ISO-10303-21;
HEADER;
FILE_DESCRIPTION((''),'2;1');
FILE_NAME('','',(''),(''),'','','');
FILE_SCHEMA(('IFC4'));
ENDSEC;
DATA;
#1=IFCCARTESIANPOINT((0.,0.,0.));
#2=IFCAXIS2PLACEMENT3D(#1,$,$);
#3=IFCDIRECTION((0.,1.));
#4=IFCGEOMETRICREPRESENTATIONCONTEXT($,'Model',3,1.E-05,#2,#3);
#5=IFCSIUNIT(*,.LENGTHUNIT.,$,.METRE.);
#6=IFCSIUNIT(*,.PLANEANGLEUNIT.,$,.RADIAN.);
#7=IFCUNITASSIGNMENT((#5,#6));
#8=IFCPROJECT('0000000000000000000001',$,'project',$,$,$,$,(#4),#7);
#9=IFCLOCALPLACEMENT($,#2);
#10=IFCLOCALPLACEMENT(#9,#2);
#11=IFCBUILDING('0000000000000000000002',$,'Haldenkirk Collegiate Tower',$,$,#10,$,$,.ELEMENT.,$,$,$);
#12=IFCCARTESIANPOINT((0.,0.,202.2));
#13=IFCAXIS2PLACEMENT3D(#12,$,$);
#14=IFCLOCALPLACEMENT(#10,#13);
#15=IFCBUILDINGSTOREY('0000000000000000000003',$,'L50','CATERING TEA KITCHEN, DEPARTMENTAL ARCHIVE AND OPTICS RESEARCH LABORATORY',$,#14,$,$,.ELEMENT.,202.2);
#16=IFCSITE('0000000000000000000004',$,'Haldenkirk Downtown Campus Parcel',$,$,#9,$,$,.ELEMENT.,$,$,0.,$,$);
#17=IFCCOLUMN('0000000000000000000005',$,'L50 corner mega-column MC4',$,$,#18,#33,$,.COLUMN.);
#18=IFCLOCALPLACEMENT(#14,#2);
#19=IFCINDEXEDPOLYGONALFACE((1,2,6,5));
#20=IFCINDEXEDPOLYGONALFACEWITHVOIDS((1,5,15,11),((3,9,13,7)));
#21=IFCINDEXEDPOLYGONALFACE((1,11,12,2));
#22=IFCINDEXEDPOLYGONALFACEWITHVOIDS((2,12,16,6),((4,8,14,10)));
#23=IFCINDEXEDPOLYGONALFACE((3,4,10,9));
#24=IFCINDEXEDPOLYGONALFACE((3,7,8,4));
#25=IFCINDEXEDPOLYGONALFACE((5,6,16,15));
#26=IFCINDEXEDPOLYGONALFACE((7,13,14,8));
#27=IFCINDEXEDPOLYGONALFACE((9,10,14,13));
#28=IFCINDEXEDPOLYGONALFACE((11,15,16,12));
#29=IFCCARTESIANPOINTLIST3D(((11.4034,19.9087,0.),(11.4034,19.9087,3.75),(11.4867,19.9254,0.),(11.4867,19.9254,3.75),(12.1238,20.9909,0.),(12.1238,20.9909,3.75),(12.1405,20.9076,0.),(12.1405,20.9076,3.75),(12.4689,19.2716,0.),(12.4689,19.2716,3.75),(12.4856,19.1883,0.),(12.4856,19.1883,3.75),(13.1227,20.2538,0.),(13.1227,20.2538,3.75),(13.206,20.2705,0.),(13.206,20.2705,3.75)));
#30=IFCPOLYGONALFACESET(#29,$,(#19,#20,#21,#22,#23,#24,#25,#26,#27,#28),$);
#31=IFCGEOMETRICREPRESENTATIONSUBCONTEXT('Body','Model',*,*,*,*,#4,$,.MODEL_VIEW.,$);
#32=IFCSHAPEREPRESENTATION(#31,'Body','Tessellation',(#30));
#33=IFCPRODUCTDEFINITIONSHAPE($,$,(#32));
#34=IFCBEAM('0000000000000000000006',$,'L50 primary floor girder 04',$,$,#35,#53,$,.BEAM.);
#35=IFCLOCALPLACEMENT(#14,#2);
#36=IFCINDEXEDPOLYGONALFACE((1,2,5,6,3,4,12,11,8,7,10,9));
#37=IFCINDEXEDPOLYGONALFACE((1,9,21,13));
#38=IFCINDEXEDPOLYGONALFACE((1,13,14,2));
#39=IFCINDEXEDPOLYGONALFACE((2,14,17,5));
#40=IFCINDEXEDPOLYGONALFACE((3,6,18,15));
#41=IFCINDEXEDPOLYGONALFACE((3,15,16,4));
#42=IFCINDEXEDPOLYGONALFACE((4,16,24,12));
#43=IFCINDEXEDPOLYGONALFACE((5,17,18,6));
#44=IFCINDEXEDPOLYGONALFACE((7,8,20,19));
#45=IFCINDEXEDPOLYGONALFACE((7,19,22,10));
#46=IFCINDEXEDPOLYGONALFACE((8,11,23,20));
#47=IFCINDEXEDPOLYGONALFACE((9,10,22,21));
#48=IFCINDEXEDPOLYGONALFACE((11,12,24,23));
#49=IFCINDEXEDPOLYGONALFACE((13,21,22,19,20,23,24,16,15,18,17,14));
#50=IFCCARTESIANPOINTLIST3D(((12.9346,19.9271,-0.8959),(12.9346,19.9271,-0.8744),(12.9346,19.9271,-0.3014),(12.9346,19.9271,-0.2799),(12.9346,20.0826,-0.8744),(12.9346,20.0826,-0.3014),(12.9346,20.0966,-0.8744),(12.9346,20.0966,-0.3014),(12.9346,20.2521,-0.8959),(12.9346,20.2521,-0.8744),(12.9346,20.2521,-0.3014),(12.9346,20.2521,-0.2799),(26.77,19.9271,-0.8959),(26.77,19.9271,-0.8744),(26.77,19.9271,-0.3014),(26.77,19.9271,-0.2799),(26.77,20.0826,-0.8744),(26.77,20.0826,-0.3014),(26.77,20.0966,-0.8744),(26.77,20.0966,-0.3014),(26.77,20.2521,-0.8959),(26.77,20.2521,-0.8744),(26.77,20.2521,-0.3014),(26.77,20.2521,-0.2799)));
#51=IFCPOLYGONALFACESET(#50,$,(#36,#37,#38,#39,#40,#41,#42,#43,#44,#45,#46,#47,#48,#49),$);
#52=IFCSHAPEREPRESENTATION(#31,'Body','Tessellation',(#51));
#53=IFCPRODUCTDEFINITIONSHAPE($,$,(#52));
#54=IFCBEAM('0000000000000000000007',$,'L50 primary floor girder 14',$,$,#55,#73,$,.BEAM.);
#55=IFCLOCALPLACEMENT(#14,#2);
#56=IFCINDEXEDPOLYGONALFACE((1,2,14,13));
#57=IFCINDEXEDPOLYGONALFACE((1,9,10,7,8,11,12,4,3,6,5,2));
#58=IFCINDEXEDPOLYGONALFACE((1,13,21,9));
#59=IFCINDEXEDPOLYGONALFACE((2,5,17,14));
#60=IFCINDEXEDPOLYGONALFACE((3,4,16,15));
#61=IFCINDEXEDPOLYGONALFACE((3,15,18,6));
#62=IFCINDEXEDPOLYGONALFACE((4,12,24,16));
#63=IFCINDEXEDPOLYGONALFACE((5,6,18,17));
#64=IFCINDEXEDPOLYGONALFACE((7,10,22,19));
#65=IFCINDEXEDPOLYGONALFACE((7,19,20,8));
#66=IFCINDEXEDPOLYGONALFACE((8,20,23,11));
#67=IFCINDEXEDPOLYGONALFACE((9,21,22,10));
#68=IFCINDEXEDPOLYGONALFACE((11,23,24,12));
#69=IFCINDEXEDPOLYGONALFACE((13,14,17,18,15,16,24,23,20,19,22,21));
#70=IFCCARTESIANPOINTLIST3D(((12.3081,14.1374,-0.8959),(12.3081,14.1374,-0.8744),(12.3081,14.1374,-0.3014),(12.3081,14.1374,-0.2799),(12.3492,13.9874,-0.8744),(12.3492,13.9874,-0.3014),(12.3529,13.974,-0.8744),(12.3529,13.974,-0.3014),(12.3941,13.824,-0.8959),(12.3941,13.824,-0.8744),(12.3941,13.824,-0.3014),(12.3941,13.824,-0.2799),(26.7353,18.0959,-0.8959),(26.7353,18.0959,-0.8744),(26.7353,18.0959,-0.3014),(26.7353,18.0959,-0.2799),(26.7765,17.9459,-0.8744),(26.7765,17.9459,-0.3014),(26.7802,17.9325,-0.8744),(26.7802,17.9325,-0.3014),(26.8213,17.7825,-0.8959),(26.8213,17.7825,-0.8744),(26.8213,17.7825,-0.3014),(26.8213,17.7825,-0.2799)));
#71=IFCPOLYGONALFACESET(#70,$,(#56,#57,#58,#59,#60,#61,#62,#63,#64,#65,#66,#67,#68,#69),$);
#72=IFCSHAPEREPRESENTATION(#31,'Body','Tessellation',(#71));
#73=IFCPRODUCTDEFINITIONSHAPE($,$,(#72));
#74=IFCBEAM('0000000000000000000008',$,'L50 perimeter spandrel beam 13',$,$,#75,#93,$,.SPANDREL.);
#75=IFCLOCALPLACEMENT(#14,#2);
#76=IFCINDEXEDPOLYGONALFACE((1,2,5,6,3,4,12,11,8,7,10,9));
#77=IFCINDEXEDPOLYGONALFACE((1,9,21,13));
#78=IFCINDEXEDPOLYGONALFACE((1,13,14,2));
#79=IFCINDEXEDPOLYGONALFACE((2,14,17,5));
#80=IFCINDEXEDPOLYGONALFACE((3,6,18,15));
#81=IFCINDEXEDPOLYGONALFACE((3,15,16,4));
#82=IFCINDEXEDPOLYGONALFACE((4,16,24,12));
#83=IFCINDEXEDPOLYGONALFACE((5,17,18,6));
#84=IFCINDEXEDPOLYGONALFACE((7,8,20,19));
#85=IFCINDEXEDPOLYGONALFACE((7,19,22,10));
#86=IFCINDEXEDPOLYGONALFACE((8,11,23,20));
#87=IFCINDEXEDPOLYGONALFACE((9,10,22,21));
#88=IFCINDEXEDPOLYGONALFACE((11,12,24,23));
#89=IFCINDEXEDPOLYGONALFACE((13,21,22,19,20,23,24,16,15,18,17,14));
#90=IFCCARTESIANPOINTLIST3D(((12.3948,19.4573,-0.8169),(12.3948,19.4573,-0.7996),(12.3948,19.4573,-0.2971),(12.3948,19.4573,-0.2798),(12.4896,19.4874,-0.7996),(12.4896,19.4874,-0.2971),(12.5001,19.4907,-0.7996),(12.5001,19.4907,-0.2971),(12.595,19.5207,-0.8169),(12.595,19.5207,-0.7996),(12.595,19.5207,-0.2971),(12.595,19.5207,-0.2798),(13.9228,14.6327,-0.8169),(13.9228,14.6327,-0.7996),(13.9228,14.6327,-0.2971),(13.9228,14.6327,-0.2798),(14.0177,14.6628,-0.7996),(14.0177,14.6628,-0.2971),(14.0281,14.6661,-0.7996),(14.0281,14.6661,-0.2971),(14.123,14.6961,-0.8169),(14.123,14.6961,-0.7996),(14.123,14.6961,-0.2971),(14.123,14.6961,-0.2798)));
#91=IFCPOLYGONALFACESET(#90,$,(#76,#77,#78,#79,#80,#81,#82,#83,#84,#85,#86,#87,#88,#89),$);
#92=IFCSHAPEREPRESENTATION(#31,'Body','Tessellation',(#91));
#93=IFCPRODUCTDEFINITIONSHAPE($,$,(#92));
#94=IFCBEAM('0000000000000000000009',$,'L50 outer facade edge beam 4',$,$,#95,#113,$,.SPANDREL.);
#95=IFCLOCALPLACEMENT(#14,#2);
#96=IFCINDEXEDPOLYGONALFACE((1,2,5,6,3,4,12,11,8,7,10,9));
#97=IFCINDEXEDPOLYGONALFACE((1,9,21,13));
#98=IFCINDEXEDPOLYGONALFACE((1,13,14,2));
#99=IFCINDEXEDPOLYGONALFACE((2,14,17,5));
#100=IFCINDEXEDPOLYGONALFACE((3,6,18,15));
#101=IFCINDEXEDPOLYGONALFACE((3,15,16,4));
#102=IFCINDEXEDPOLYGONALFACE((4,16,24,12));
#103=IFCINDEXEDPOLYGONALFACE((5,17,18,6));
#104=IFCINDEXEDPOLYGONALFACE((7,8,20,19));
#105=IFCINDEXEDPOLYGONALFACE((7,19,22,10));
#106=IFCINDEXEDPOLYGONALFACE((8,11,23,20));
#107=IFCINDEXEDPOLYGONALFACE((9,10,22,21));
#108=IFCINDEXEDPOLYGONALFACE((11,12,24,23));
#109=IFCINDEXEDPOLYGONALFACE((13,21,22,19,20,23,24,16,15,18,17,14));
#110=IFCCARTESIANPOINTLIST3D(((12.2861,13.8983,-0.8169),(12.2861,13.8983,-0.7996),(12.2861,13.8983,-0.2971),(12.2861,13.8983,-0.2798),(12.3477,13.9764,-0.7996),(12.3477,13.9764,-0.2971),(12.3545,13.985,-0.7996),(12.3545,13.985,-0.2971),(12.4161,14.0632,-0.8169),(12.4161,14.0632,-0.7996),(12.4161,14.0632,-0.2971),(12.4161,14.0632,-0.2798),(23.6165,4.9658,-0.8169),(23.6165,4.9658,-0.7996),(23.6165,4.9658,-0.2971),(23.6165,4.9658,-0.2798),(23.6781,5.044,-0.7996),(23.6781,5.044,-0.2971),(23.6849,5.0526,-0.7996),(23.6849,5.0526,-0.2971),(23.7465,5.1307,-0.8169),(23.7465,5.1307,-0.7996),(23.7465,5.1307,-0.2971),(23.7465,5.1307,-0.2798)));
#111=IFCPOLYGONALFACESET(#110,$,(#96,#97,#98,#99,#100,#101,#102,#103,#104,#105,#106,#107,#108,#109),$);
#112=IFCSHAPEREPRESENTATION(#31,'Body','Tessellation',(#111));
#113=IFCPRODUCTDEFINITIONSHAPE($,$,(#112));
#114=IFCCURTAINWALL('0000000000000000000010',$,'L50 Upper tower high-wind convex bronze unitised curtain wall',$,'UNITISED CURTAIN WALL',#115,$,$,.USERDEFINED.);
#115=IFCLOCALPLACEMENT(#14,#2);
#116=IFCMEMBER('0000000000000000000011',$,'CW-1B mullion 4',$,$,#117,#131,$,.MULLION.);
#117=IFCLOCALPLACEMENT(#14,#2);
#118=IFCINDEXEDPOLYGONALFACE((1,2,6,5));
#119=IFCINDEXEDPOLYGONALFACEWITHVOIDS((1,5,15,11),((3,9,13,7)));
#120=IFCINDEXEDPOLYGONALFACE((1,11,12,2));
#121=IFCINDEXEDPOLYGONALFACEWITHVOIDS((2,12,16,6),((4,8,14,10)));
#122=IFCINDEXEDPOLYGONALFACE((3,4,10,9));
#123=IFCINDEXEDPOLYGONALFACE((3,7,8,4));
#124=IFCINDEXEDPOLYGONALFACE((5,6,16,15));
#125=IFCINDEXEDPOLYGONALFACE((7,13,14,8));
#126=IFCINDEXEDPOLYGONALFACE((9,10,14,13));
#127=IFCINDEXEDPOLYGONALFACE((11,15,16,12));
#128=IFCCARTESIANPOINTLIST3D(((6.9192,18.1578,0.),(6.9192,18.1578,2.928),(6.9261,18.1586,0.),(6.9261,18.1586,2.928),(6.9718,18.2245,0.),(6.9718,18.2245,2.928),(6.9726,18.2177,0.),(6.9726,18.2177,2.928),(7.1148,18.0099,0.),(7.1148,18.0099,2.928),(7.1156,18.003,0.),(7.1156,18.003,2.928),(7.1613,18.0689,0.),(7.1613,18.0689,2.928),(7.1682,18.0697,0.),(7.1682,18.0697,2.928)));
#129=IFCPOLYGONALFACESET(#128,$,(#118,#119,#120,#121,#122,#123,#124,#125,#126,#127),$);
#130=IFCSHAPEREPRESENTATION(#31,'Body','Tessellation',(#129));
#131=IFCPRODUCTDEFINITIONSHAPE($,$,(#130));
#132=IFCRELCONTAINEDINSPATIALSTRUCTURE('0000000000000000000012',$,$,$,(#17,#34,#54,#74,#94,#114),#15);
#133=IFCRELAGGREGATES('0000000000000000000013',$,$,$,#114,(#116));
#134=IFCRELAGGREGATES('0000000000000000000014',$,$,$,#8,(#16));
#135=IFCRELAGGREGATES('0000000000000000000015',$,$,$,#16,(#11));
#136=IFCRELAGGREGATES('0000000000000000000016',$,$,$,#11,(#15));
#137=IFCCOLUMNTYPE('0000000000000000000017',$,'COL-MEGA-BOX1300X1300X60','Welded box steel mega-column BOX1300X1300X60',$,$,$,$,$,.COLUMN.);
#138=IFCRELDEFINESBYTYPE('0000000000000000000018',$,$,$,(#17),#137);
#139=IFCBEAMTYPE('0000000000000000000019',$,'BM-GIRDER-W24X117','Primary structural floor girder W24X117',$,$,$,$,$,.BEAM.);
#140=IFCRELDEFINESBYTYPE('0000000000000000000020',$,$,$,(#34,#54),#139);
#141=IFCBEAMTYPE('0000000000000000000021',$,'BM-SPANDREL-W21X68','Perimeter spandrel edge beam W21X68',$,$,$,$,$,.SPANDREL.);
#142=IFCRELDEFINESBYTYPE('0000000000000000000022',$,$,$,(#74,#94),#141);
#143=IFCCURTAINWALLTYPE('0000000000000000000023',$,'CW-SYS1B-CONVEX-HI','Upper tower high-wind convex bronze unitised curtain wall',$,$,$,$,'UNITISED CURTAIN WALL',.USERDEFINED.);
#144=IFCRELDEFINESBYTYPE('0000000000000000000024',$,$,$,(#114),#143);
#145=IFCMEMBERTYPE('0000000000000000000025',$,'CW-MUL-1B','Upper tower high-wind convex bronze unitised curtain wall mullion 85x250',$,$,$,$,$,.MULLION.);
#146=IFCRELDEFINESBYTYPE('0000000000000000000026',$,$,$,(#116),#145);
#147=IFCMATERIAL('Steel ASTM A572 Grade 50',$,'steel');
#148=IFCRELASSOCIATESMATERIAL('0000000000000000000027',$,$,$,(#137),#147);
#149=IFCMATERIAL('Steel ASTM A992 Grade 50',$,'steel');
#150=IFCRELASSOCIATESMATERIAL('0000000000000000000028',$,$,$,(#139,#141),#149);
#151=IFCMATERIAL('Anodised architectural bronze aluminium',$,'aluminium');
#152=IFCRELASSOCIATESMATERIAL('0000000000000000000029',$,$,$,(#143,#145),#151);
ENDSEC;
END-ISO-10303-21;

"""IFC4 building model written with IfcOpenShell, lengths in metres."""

from ifc_helpers import new_model, si_unit, direction, frame, origin, origin_2d, place, context, subcontext, project, spatial, hollow_rectangle, i_section, extrude, material, material_profile, profile_set, type_object, element, aggregate, save


model = new_model("IFC4")

# Units and contexts
model_context = context("Model", 3, precision=1e-05, world=origin(), true_north=direction((0.0, 1.0)))
body_context = subcontext(model_context, "Body", "Model", "MODEL_VIEW")
ifc_project = project(units=[si_unit("LENGTHUNIT", "METRE"), si_unit("PLANEANGLEUNIT", "RADIAN")], contexts=[model_context])

# Site, building, storey
site_placement = place(None, origin())
site = spatial("IfcSite", under=ifc_project, at=site_placement, Name="Haldenkirk Downtown Campus Parcel", CompositionType="ELEMENT", RefElevation=0.0)
building_placement = place(site_placement, origin())
building = spatial("IfcBuilding", under=site, at=building_placement, Name="Haldenkirk Collegiate Tower", CompositionType="ELEMENT")
storey_placement = place(building_placement, frame((0.0, 0.0, 202.2)))
storey = spatial("IfcBuildingStorey", under=building, at=storey_placement, Name="L50", Description="CATERING TEA KITCHEN, DEPARTMENTAL ARCHIVE AND OPTICS RESEARCH LABORATORY", CompositionType="ELEMENT", Elevation=202.2)

# Column
ifc_material_1 = material(Name="Steel ASTM A572 Grade 50", Category="steel")
ifc_material_profile_1 = material_profile(ifc_material_1, hollow_rectangle(XDim=1.3, YDim=1.3, WallThickness=0.0601, at=origin_2d()), Name="BOX1300X1300X60")
ifc_profile_set_1 = profile_set([ifc_material_profile_1], Name="Steel ASTM A572 Grade 50")
column_type = type_object("IfcColumnType", Name="COL-MEGA-BOX1300X1300X60", Description="Welded box steel mega-column BOX1300X1300X60", PredefinedType="COLUMN", material=ifc_profile_set_1)
column_placement = place(storey_placement, frame((12.3047, 20.0896, 0.0), z_axis=(0.0, 0.0, 1.0), x_axis=(0.554118, 0.832438, 0.0)))
element("IfcColumn", 1, at=column_placement, inside=storey, type_object=column_type, Name="L50 corner mega-column MC4", PredefinedType="COLUMN", context=body_context, shape_type="SweptSolid", body=[
    extrude(hollow_rectangle(XDim=1.3, YDim=1.3, WallThickness=0.0601, at=origin_2d()), origin(), (0.0, 0.0, 1.0), 3.75),
])

# Beams
ifc_material_2 = material(Name="Steel ASTM A992 Grade 50", Category="steel")
ifc_material_profile_2 = material_profile(ifc_material_2, i_section(OverallWidth=0.325, OverallDepth=0.616, WebThickness=0.0139, FlangeThickness=0.0215, at=origin_2d()), Name="W24X117")
ifc_profile_set_2 = profile_set([ifc_material_profile_2], Name="Steel ASTM A992 Grade 50")
beam_type_1 = type_object("IfcBeamType", Name="BM-GIRDER-W24X117", Description="Primary structural floor girder W24X117", PredefinedType="BEAM", material=ifc_profile_set_2)
beam_1_placement = place(storey_placement, frame((12.9346, 20.0896, -0.5879), z_axis=(1.0, 0.0, 0.0), x_axis=(0.0, 1.0, 0.0)))
element("IfcBeam", 2, at=beam_1_placement, inside=storey, type_object=beam_type_1, Name="L50 primary floor girder 04", PredefinedType="BEAM", context=body_context, shape_type="SweptSolid", body=[
    extrude(i_section(OverallWidth=0.325, OverallDepth=0.616, WebThickness=0.0139, FlangeThickness=0.0215, at=origin_2d()), origin(), (0.0, 0.0, 1.0), 13.8354),
])
beam_2_placement = place(storey_placement, frame((12.3511, 13.9807, -0.5879), z_axis=(0.964359, 0.264597, 0.0), x_axis=(-0.264597, 0.964359, 0.0)))
element("IfcBeam", 3, at=beam_2_placement, inside=storey, type_object=beam_type_1, Name="L50 primary floor girder 14", PredefinedType="BEAM", context=body_context, shape_type="SweptSolid", body=[
    extrude(i_section(OverallWidth=0.325, OverallDepth=0.616, WebThickness=0.0139, FlangeThickness=0.0215, at=origin_2d()), origin(), (0.0, 0.0, 1.0), 14.9604),
])
ifc_material_profile_3 = material_profile(ifc_material_2, i_section(OverallWidth=0.21, OverallDepth=0.5371, WebThickness=0.011, FlangeThickness=0.0173, at=origin_2d()), Name="W21X68")
ifc_profile_set_3 = profile_set([ifc_material_profile_3], Name="Steel ASTM A992 Grade 50")
beam_type_2 = type_object("IfcBeamType", Name="BM-SPANDREL-W21X68", Description="Perimeter spandrel edge beam W21X68", PredefinedType="SPANDREL", material=ifc_profile_set_3)
beam_3_placement = place(storey_placement, frame((12.4949, 19.489, -0.5483), z_axis=(0.301937, -0.953328, 0.0), x_axis=(0.953328, 0.301937, 0.0)))
element("IfcBeam", 4, at=beam_3_placement, inside=storey, type_object=beam_type_2, Name="L50 perimeter spandrel beam 13", PredefinedType="SPANDREL", context=body_context, shape_type="SweptSolid", body=[
    extrude(i_section(OverallWidth=0.21, OverallDepth=0.5371, WebThickness=0.011, FlangeThickness=0.0173, at=origin_2d()), origin(), (0.0, 0.0, 1.0), 5.0608),
])
beam_4_placement = place(storey_placement, frame((12.3511, 13.9807, -0.5483), z_axis=(0.785308, -0.619105, 0.0), x_axis=(0.619105, 0.785308, 0.0)))
element("IfcBeam", 5, at=beam_4_placement, inside=storey, type_object=beam_type_2, Name="L50 outer facade edge beam 4", PredefinedType="SPANDREL", context=body_context, shape_type="SweptSolid", body=[
    extrude(i_section(OverallWidth=0.21, OverallDepth=0.5371, WebThickness=0.011, FlangeThickness=0.0173, at=origin_2d()), origin(), (0.0, 0.0, 1.0), 14.428),
])

# Curtain wall, member
ifc_material_3 = material(Name="Anodised architectural bronze aluminium", Category="aluminium")
curtain_wall_type = type_object("IfcCurtainWallType", Name="CW-SYS1B-CONVEX-HI", Description="Upper tower high-wind convex bronze unitised curtain wall", ElementType="UNITISED CURTAIN WALL", PredefinedType="USERDEFINED", material=ifc_material_3)
curtain_wall_placement = place(storey_placement, origin())
curtain_wall = element("IfcCurtainWall", 6, at=curtain_wall_placement, inside=storey, type_object=curtain_wall_type, Name="L50 Upper tower high-wind convex bronze unitised curtain wall", ObjectType="UNITISED CURTAIN WALL", PredefinedType="USERDEFINED")
ifc_material_profile_4 = material_profile(ifc_material_3, hollow_rectangle(XDim=0.085, YDim=0.25, WallThickness=0.0049, at=origin_2d()), Name="CW-MUL-1B")
ifc_profile_set_4 = profile_set([ifc_material_profile_4], Name="Anodised architectural bronze aluminium")
member_type = type_object("IfcMemberType", Name="CW-MUL-1B", Description="Upper tower high-wind convex bronze unitised curtain wall mullion 85x250", PredefinedType="MULLION", material=ifc_profile_set_4)
member_placement = place(storey_placement, frame((7.0437, 18.1138, 0.0), z_axis=(0.0, 0.0, 1.0), x_axis=(-0.619095, -0.785316, 0.0)))
member = element("IfcMember", 7, at=member_placement, type_object=member_type, Name="CW-1B mullion 4", PredefinedType="MULLION", context=body_context, shape_type="SweptSolid", body=[
    extrude(hollow_rectangle(XDim=0.085, YDim=0.25, WallThickness=0.0049, at=origin_2d()), origin(), (0.0, 0.0, 1.0), 2.928),
])

aggregate(curtain_wall, [member])

save(model, "model.ifc")
